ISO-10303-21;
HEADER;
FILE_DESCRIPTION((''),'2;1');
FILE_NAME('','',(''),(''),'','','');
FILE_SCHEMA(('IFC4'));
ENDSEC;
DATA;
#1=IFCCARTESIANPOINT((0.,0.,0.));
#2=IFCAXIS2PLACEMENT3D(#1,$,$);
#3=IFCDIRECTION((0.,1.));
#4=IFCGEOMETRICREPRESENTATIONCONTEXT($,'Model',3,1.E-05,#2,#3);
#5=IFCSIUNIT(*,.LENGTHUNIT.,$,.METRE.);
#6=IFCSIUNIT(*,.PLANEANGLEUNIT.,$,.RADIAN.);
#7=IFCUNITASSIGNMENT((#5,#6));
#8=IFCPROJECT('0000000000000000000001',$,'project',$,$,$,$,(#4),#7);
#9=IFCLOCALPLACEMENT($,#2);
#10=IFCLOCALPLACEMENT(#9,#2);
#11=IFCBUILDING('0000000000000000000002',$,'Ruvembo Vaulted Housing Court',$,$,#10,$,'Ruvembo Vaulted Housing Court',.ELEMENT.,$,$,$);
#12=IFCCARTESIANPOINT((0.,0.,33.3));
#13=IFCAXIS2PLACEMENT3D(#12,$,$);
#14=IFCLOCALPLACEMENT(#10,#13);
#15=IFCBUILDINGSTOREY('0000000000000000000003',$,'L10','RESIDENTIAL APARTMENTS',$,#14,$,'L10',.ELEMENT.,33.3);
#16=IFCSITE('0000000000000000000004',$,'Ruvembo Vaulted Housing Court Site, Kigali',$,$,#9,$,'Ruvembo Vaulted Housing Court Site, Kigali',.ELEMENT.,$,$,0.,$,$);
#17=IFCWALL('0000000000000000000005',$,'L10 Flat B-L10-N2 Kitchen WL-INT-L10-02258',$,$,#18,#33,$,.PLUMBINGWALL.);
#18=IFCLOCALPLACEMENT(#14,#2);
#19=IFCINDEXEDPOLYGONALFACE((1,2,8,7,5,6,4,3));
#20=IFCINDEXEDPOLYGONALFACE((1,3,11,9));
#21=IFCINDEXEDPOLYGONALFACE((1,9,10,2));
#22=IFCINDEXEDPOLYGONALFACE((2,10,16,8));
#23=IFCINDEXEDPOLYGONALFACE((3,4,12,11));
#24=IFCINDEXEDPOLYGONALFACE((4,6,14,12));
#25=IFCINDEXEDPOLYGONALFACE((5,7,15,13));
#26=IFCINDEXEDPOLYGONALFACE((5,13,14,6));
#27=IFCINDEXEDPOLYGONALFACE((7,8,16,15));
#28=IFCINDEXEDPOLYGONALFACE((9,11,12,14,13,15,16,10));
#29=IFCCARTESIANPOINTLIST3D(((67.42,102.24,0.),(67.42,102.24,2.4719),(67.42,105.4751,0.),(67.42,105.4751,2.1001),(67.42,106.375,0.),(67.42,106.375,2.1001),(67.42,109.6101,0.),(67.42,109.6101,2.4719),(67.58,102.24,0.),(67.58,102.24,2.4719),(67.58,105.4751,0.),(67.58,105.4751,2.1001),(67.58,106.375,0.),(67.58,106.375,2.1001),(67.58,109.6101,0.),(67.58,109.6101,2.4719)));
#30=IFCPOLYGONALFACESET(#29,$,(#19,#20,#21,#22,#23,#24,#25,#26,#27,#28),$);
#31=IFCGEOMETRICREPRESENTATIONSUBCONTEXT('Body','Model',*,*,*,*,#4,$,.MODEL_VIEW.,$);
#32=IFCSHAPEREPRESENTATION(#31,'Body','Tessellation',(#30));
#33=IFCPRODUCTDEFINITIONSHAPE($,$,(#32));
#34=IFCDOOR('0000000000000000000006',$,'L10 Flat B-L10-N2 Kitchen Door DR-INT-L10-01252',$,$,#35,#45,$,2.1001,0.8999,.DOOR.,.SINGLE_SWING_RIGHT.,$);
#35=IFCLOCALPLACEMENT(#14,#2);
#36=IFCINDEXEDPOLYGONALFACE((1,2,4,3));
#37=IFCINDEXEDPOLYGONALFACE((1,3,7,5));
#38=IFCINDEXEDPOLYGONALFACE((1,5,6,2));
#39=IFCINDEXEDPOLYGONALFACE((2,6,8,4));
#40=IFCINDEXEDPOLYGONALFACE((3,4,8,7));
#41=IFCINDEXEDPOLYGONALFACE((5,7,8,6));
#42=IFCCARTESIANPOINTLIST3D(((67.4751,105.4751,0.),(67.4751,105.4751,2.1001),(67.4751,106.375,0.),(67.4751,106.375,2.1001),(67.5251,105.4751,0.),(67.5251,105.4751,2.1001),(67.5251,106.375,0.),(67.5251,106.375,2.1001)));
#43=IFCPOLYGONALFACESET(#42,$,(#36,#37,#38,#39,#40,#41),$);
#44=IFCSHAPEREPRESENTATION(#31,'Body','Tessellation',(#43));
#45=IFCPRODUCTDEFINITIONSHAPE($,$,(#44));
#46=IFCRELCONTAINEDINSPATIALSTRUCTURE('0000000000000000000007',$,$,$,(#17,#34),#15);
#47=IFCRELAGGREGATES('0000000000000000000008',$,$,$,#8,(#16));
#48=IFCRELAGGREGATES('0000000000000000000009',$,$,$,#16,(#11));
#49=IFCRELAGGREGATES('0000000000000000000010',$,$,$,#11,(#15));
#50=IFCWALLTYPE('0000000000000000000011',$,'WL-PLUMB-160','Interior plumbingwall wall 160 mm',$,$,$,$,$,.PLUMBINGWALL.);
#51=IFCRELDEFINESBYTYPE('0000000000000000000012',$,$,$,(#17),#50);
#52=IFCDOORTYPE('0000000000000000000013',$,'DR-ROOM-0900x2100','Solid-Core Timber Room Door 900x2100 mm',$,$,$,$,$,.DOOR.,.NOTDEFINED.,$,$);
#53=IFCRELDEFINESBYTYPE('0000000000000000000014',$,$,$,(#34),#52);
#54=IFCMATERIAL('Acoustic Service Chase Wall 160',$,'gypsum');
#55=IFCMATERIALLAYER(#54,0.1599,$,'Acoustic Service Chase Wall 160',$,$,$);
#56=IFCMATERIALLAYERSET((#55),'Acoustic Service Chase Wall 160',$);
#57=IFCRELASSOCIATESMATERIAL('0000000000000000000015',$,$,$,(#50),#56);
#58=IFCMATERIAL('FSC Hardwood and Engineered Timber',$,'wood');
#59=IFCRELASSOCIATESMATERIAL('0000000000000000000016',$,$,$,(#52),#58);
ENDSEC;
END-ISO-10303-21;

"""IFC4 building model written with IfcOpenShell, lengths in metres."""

from ifc_helpers import new_model, si_unit, direction, frame, frame_2d, origin, place, context, subcontext, project, spatial, rectangle, extrude, material, layer, layer_set, type_object, element, fill, save


model = new_model("IFC4")

# Units and contexts
model_context = context("Model", 3, precision=1e-05, world=origin(), true_north=direction((0.0, 1.0)))
body_context = subcontext(model_context, "Body", "Model", "MODEL_VIEW")
ifc_project = project(units=[si_unit("LENGTHUNIT", "METRE"), si_unit("PLANEANGLEUNIT", "RADIAN")], contexts=[model_context])

# Site, building, storey
site_placement = place(None, origin())
site = spatial("IfcSite", under=ifc_project, at=site_placement, Name="Ruvembo Vaulted Housing Court Site, Kigali", LongName="Ruvembo Vaulted Housing Court Site, Kigali", CompositionType="ELEMENT", RefElevation=0.0)
building_placement = place(site_placement, origin())
building = spatial("IfcBuilding", under=site, at=building_placement, Name="Ruvembo Vaulted Housing Court", LongName="Ruvembo Vaulted Housing Court", CompositionType="ELEMENT")
storey_placement = place(building_placement, frame((0.0, 0.0, 33.3)))
storey = spatial("IfcBuildingStorey", under=building, at=storey_placement, Name="L10", Description="RESIDENTIAL APARTMENTS", LongName="L10", CompositionType="ELEMENT", Elevation=33.3)

# Shared definitions
ifc_material_1 = material(Name="FSC Hardwood and Engineered Timber", Category="wood")

# Wall, opening, door
ifc_material_2 = material(Name="Acoustic Service Chase Wall 160", Category="gypsum")
ifc_layer_1 = layer(ifc_material_2, 0.1599, Name="Acoustic Service Chase Wall 160")
ifc_layer_set_1 = layer_set([ifc_layer_1], Name="Acoustic Service Chase Wall 160")
wall_type_1 = type_object("IfcWallType", Name="WL-PLUMB-160", Description="Interior plumbingwall wall 160 mm", PredefinedType="PLUMBINGWALL", material=ifc_layer_set_1)
wall_1_placement = place(storey_placement, frame((67.5, 102.24, 0.0), z_axis=(0.0, 0.0, 1.0), x_axis=(0.0, 1.0, 0.0)))
wall_1 = element("IfcWall", 1, at=wall_1_placement, inside=storey, type_object=wall_type_1, Name="L10 Flat B-L10-N2 Kitchen WL-INT-L10-02258", PredefinedType="PLUMBINGWALL", context=body_context, shape_type="SweptSolid", body=[
    extrude(rectangle(XDim=7.3701, YDim=0.1599, at=frame_2d((3.6851, 0.0))), origin(), (0.0, 0.0, 1.0), 2.4719),
])
opening_1_placement = place(wall_1_placement, frame((3.2351, 0.0, 0.0)))
opening_1 = element("IfcOpeningElement", 2, at=opening_1_placement, cuts=wall_1, PredefinedType="OPENING", context=body_context, shape_type="SweptSolid", body=[
    extrude(rectangle(XDim=0.8999, YDim=2.1001, at=frame_2d((0.45, 1.05))), frame((0.0, 0.0898, 0.0), z_axis=(0.0, -1.0, 0.0), x_axis=(1.0, 0.0, 0.0)), (0.0, 0.0, 1.0), 0.1799),
])
door_type_1 = type_object("IfcDoorType", Name="DR-ROOM-0900x2100", Description="Solid-Core Timber Room Door 900x2100 mm", OperationType="NOTDEFINED", PredefinedType="DOOR", material=ifc_material_1)
door_1_placement = place(opening_1_placement, origin())
door_1 = element("IfcDoor", 3, at=door_1_placement, inside=storey, type_object=door_type_1, Name="L10 Flat B-L10-N2 Kitchen Door DR-INT-L10-01252", OperationType="SINGLE_SWING_RIGHT", OverallHeight=2.1001, OverallWidth=0.8999, PredefinedType="DOOR", context=body_context, shape_type="SweptSolid", body=[
    extrude(rectangle(XDim=0.8999, YDim=2.1001, at=frame_2d((0.45, 1.05))), frame((0.0, 0.0249, 0.0), z_axis=(0.0, -1.0, 0.0), x_axis=(1.0, 0.0, 0.0)), (0.0, 0.0, 1.0), 0.05),
])
fill(opening_1, door_1)

save(model, "model.ifc")
